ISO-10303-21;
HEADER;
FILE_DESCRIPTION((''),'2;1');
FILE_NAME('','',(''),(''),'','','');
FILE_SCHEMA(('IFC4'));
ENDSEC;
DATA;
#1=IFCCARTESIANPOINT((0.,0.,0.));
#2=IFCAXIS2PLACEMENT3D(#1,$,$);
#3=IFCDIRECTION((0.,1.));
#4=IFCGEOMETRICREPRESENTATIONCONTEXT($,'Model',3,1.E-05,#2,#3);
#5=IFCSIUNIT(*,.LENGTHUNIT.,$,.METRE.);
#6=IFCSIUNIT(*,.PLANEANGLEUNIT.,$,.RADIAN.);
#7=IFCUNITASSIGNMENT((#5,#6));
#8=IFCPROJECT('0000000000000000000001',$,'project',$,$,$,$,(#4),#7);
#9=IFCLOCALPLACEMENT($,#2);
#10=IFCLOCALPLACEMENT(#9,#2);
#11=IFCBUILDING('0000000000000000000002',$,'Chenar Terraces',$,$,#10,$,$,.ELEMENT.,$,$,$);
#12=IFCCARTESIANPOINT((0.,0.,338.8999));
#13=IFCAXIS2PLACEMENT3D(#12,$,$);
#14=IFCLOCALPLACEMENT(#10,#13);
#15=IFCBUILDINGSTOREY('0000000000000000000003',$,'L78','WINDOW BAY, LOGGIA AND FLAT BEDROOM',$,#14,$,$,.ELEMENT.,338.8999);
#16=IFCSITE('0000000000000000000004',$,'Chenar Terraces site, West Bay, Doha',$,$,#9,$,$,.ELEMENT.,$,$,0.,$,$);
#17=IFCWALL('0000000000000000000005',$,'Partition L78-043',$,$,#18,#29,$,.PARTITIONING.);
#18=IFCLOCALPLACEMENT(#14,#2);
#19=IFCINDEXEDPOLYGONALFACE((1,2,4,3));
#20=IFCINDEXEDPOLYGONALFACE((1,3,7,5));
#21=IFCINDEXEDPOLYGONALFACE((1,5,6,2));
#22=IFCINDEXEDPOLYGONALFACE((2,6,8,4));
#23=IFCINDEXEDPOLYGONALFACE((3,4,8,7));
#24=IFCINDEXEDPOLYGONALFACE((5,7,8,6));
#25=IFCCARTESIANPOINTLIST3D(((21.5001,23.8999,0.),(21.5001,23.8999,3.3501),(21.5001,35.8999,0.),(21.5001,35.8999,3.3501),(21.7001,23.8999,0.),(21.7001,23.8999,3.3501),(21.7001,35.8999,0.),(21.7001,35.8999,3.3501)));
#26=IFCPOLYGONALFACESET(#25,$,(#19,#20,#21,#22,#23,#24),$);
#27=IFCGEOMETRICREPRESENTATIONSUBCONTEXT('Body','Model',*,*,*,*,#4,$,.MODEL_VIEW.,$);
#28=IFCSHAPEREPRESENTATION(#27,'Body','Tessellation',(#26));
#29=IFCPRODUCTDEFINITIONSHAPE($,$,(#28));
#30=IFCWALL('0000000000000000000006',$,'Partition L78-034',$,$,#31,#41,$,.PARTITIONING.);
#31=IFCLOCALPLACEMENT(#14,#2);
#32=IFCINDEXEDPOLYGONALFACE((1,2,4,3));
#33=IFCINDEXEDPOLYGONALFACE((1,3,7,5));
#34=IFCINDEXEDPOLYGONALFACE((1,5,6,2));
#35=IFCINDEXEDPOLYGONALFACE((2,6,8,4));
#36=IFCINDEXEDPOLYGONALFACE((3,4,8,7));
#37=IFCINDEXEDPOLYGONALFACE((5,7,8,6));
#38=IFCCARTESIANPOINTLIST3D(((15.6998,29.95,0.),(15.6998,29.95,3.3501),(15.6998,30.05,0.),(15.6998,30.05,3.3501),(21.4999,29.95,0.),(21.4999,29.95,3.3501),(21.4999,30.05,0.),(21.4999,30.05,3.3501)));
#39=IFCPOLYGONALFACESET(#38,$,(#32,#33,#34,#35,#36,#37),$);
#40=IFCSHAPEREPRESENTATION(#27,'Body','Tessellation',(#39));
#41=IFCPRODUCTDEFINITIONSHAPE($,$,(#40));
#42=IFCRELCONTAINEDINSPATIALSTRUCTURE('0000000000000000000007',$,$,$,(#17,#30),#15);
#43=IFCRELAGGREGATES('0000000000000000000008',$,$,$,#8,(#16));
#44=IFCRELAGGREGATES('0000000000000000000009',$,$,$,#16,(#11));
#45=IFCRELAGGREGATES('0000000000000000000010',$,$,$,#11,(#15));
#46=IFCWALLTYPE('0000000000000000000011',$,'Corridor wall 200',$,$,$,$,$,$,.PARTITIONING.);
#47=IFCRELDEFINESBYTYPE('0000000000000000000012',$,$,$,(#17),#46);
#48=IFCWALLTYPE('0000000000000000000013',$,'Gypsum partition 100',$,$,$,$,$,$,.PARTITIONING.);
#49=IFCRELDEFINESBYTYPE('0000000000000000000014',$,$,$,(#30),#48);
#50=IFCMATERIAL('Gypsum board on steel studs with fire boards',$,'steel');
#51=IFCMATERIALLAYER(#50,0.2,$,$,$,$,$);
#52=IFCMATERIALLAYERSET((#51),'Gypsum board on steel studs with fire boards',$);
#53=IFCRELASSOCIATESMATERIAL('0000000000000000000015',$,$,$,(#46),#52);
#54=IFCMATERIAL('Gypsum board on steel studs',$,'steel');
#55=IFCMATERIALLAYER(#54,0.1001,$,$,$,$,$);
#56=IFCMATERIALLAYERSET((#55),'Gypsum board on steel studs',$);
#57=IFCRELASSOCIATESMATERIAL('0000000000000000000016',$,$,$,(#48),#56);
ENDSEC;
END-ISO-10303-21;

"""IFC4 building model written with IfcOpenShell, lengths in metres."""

from ifc_helpers import new_model, si_unit, direction, frame, frame_2d, origin, place, context, subcontext, project, spatial, rectangle, extrude, material, layer, layer_set, type_object, element, save


model = new_model("IFC4")

# Units and contexts
model_context = context("Model", 3, precision=1e-05, world=origin(), true_north=direction((0.0, 1.0)))
body_context = subcontext(model_context, "Body", "Model", "MODEL_VIEW")
ifc_project = project(units=[si_unit("LENGTHUNIT", "METRE"), si_unit("PLANEANGLEUNIT", "RADIAN")], contexts=[model_context])

# Site, building, storey
site_placement = place(None, origin())
site = spatial("IfcSite", under=ifc_project, at=site_placement, Name="Chenar Terraces site, West Bay, Doha", CompositionType="ELEMENT", RefElevation=0.0)
building_placement = place(site_placement, origin())
building = spatial("IfcBuilding", under=site, at=building_placement, Name="Chenar Terraces", CompositionType="ELEMENT")
storey_placement = place(building_placement, frame((0.0, 0.0, 338.8999)))
storey = spatial("IfcBuildingStorey", under=building, at=storey_placement, Name="L78", Description="WINDOW BAY, LOGGIA AND FLAT BEDROOM", CompositionType="ELEMENT", Elevation=338.8999)

# Shared definitions
ifc_material_1 = material(Name="Gypsum board on steel studs with fire boards", Category="steel")
ifc_layer_1 = layer(ifc_material_1, 0.2)
ifc_layer_set_1 = layer_set([ifc_layer_1], Name="Gypsum board on steel studs with fire boards")
wall_type_1 = type_object("IfcWallType", Name="Corridor wall 200", PredefinedType="PARTITIONING", material=ifc_layer_set_1)

# Walls
wall_1_placement = place(storey_placement, frame((21.6001, 23.8999, 0.0), z_axis=(0.0, 0.0, 1.0), x_axis=(0.0, 1.0, 0.0)))
element("IfcWall", 1, at=wall_1_placement, inside=storey, type_object=wall_type_1, Name="Partition L78-043", PredefinedType="PARTITIONING", context=body_context, shape_type="SweptSolid", body=[
    extrude(rectangle(XDim=12.0, YDim=0.2, at=frame_2d((6.0, 0.0))), origin(), (0.0, 0.0, 1.0), 3.3501),
])
ifc_material_2 = material(Name="Gypsum board on steel studs", Category="steel")
ifc_layer_2 = layer(ifc_material_2, 0.1001)
ifc_layer_set_2 = layer_set([ifc_layer_2], Name="Gypsum board on steel studs")
wall_type_2 = type_object("IfcWallType", Name="Gypsum partition 100", PredefinedType="PARTITIONING", material=ifc_layer_set_2)
wall_2_placement = place(storey_placement, frame((15.7, 30.0, 0.0), z_axis=(0.0, 0.0, 1.0), x_axis=(1.0, 0.0, 0.0)))
element("IfcWall", 2, at=wall_2_placement, inside=storey, type_object=wall_type_2, Name="Partition L78-034", PredefinedType="PARTITIONING", context=body_context, shape_type="SweptSolid", body=[
    extrude(rectangle(XDim=5.8, YDim=0.1001, at=frame_2d((2.8999, 0.0))), origin(), (0.0, 0.0, 1.0), 3.3501),
])

save(model, "model.ifc")
